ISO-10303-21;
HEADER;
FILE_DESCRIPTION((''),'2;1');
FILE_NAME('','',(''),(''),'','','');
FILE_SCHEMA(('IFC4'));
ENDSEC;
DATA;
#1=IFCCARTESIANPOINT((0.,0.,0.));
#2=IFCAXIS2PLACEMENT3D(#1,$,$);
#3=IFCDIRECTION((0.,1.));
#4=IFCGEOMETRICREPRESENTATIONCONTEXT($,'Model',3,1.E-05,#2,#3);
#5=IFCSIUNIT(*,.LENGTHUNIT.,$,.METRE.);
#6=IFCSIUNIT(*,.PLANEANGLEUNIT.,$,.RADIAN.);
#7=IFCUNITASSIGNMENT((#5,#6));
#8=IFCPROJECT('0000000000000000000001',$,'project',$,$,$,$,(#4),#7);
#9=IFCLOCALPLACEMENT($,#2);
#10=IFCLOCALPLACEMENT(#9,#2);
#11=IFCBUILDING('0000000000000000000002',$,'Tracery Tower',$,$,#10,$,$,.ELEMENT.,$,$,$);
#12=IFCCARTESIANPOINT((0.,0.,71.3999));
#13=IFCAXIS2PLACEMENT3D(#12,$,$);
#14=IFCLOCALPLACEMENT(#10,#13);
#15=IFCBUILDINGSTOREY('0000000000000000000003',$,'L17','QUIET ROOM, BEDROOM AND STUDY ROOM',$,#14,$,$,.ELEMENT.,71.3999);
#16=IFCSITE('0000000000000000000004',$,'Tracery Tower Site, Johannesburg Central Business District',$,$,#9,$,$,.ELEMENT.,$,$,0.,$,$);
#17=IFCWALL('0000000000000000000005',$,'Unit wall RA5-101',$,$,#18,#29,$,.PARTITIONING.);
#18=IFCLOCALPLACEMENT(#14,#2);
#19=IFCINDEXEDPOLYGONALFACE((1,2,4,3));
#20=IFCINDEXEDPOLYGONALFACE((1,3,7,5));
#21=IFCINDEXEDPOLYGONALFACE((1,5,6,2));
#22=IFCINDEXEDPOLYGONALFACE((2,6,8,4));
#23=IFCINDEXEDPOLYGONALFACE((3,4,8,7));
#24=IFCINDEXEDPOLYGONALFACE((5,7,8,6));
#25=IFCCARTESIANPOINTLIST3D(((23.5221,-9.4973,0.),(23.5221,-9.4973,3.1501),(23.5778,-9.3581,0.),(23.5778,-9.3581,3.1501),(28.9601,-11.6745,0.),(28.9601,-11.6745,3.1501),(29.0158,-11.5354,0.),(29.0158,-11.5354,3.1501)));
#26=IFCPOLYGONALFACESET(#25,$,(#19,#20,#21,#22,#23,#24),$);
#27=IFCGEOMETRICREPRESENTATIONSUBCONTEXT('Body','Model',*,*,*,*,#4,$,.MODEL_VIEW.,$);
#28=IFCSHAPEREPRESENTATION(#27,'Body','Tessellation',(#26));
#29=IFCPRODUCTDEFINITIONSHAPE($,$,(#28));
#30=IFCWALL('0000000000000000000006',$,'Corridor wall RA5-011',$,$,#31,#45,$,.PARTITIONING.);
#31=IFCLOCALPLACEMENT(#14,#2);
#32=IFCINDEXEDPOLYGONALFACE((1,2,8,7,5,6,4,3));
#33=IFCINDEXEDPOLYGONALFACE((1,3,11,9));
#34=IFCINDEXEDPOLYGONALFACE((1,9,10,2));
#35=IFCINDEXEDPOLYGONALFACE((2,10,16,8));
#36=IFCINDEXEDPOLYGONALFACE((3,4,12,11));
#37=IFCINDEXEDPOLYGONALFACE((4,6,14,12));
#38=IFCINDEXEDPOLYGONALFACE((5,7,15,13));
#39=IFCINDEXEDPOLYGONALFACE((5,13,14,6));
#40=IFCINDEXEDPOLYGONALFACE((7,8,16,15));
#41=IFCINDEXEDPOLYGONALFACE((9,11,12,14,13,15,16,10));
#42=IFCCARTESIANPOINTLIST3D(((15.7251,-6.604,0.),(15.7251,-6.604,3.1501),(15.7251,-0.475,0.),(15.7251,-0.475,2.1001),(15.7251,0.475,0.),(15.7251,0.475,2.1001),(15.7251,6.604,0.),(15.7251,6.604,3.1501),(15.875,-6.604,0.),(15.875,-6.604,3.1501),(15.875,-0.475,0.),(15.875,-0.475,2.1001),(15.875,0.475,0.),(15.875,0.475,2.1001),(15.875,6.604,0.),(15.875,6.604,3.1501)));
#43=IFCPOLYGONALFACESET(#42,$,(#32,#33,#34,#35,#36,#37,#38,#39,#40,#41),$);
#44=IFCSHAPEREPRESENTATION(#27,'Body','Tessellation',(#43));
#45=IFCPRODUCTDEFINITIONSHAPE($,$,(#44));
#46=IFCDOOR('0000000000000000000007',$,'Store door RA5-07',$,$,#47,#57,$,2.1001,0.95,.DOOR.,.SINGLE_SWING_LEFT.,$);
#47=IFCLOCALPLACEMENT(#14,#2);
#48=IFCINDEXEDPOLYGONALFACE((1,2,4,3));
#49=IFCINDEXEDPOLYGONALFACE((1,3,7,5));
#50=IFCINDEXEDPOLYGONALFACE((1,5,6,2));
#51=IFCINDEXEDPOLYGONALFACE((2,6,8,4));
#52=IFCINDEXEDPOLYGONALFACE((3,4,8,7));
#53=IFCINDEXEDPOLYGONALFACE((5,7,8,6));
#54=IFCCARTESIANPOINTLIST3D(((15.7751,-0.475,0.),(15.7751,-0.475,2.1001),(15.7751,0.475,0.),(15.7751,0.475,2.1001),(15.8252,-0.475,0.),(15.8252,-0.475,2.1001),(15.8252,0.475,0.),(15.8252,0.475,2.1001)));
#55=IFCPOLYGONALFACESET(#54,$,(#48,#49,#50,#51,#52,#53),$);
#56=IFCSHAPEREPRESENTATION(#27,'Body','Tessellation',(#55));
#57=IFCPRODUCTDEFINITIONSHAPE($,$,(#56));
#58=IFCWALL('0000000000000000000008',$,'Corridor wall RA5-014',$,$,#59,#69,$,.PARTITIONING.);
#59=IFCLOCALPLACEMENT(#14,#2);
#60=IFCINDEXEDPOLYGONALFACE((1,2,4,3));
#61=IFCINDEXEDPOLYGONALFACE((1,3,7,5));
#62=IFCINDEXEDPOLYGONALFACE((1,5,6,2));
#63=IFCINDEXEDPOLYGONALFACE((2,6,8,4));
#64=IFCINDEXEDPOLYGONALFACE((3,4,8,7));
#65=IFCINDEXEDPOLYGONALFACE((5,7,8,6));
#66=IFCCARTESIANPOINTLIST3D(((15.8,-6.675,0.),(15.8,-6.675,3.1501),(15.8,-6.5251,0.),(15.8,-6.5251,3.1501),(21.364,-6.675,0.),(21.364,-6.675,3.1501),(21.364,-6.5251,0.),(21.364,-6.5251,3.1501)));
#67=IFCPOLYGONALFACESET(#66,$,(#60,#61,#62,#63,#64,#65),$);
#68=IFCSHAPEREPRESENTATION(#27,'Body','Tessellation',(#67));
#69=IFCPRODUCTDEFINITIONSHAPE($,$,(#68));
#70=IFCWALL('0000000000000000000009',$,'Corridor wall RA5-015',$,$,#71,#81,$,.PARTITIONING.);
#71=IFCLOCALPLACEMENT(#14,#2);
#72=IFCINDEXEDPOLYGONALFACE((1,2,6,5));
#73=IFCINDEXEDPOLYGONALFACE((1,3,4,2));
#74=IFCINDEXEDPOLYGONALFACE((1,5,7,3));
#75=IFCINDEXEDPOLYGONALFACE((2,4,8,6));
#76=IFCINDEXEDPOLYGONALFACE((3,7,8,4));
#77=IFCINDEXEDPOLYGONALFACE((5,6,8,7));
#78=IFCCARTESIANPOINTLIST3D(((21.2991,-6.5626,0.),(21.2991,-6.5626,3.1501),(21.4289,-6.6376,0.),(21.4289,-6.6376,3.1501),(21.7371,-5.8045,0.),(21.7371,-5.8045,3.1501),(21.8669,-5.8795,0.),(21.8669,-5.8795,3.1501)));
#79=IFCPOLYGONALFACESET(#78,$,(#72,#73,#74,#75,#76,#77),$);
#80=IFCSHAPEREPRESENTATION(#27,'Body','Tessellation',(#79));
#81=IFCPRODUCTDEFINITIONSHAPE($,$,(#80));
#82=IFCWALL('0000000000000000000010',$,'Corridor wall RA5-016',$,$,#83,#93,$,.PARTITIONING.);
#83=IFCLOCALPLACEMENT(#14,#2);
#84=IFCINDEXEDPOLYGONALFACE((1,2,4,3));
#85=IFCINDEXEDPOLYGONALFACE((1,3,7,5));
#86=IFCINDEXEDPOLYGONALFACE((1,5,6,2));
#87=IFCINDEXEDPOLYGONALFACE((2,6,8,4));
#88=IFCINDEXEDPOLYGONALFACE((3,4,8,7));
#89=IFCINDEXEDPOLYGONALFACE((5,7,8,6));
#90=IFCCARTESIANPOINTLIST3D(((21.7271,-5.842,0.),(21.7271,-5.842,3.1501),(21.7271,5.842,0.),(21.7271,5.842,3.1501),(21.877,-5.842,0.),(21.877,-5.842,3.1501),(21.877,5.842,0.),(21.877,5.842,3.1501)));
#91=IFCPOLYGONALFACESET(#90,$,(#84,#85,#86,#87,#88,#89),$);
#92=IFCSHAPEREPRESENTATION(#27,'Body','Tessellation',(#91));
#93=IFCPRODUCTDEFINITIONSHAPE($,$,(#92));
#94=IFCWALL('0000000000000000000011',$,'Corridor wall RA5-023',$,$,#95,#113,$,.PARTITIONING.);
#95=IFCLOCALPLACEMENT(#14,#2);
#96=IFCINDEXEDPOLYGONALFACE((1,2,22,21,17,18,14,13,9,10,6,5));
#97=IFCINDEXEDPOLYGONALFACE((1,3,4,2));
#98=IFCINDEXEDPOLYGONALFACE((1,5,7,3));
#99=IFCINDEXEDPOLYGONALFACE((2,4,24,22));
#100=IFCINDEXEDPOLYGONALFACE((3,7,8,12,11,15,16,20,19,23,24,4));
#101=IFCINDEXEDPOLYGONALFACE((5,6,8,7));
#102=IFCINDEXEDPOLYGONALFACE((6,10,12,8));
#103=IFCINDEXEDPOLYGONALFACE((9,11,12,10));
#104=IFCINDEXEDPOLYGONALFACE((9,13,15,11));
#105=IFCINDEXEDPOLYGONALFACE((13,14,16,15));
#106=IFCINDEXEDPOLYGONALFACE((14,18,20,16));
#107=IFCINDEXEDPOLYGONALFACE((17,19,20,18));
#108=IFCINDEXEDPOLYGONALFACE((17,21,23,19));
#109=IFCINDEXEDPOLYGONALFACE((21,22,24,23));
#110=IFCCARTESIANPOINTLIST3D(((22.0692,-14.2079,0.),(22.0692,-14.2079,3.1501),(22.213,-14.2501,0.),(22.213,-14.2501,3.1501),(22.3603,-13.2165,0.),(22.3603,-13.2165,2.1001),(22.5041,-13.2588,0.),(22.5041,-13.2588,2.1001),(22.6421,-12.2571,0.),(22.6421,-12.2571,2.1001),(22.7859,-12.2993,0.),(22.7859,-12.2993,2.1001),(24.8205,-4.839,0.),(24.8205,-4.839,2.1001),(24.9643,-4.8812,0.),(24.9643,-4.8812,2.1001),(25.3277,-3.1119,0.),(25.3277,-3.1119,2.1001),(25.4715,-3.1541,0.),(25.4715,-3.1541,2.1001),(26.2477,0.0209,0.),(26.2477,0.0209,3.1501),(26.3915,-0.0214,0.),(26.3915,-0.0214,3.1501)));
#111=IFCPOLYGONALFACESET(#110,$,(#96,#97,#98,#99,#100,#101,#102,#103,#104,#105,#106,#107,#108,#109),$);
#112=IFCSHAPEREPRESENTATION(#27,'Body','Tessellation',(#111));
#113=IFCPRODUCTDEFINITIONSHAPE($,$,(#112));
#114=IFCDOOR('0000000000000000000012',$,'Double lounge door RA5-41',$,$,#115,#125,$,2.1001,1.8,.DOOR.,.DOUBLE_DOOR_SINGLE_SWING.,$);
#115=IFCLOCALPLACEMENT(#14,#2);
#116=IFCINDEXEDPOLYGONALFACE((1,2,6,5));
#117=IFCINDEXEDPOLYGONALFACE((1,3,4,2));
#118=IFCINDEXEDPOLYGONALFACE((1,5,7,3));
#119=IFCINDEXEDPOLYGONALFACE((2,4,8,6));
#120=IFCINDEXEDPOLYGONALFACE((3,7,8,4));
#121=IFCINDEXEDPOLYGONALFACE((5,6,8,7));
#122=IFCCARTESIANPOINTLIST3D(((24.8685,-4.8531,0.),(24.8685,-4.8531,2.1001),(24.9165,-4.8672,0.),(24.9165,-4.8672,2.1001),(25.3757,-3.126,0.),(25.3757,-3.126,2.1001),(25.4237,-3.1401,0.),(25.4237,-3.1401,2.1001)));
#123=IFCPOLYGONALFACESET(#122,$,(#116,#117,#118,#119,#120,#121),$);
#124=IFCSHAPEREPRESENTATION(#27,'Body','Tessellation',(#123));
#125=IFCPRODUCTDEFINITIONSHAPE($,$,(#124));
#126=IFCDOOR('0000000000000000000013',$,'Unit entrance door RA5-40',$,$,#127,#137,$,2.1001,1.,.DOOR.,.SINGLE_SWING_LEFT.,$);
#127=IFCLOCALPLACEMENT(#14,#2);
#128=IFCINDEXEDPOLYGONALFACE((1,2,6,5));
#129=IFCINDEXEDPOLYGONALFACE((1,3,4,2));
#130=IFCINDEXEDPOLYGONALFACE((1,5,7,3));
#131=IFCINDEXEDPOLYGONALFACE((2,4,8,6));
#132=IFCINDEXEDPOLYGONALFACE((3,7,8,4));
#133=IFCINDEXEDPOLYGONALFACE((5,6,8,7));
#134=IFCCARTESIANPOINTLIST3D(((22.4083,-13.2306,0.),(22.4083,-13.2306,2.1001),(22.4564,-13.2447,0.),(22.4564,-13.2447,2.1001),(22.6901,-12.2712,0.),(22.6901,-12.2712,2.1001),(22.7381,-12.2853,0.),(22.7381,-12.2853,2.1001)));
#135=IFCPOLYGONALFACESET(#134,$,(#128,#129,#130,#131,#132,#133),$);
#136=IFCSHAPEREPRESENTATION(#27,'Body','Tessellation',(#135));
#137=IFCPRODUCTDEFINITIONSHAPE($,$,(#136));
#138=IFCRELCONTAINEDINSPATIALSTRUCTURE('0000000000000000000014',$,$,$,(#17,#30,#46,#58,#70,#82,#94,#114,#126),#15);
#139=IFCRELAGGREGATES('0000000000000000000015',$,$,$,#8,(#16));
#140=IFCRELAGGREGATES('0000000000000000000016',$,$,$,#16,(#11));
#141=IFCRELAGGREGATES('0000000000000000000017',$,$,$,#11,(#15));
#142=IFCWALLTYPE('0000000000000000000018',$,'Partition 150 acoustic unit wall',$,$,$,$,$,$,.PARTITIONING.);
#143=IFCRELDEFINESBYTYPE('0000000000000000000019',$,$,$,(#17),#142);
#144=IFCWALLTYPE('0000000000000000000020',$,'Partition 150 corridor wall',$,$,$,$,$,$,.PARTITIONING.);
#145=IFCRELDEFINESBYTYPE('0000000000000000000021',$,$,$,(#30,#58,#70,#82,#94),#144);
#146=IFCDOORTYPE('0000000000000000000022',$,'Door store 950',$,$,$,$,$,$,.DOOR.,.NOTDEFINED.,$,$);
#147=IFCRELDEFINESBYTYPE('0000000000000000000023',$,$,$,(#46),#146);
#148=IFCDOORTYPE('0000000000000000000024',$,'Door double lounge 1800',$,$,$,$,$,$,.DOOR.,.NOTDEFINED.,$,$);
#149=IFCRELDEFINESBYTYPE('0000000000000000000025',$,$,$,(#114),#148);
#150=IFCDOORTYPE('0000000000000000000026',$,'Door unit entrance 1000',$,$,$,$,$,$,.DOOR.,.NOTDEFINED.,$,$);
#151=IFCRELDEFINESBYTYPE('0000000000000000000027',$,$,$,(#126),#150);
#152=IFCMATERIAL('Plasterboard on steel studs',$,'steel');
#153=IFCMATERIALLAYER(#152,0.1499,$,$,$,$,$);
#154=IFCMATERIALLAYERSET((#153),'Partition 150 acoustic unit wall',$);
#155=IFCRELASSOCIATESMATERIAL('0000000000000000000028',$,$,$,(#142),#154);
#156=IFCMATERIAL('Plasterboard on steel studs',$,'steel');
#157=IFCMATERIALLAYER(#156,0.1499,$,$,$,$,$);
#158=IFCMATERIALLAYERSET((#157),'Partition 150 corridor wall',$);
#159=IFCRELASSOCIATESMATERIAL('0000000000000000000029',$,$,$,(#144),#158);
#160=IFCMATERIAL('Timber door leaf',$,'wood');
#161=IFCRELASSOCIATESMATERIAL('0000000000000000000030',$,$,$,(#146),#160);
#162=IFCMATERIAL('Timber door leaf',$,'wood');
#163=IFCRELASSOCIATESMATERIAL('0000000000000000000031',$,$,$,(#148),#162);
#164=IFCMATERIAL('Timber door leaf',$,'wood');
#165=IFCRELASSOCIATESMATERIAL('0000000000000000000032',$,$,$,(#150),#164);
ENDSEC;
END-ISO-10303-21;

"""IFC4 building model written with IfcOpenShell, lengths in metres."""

from ifc_helpers import new_model, si_unit, direction, frame, frame_2d, origin, place, context, subcontext, project, spatial, rectangle, extrude, material, layer, layer_set, type_object, element, fill, save


model = new_model("IFC4")

# Units and contexts
model_context = context("Model", 3, precision=1e-05, world=origin(), true_north=direction((0.0, 1.0)))
body_context = subcontext(model_context, "Body", "Model", "MODEL_VIEW")
ifc_project = project(units=[si_unit("LENGTHUNIT", "METRE"), si_unit("PLANEANGLEUNIT", "RADIAN")], contexts=[model_context])

# Site, building, storey
site_placement = place(None, origin())
site = spatial("IfcSite", under=ifc_project, at=site_placement, Name="Tracery Tower Site, Johannesburg Central Business District", CompositionType="ELEMENT", RefElevation=0.0)
building_placement = place(site_placement, origin())
building = spatial("IfcBuilding", under=site, at=building_placement, Name="Tracery Tower", CompositionType="ELEMENT")
storey_placement = place(building_placement, frame((0.0, 0.0, 71.3999)))
storey = spatial("IfcBuildingStorey", under=building, at=storey_placement, Name="L17", Description="QUIET ROOM, BEDROOM AND STUDY ROOM", CompositionType="ELEMENT", Elevation=71.3999)

# Wall
ifc_material_1 = material(Name="Plasterboard on steel studs", Category="steel")
ifc_layer_1 = layer(ifc_material_1, 0.1499)
ifc_layer_set_1 = layer_set([ifc_layer_1], Name="Partition 150 acoustic unit wall")
wall_type_1 = type_object("IfcWallType", Name="Partition 150 acoustic unit wall", PredefinedType="PARTITIONING", material=ifc_layer_set_1)
wall_1_placement = place(storey_placement, frame((23.55, -9.4277, 0.0), z_axis=(0.0, 0.0, 1.0), x_axis=(0.928356, -0.371692, 0.0)))
element("IfcWall", 1, at=wall_1_placement, inside=storey, type_object=wall_type_1, Name="Unit wall RA5-101", PredefinedType="PARTITIONING", context=body_context, shape_type="SweptSolid", body=[
    extrude(rectangle(XDim=5.8577, YDim=0.1499, at=frame_2d((2.9287, 0.0))), origin(), (0.0, 0.0, 1.0), 3.1501),
])

# Wall, opening, door
ifc_material_2 = material(Name="Plasterboard on steel studs", Category="steel")
ifc_layer_2 = layer(ifc_material_2, 0.1499)
ifc_layer_set_2 = layer_set([ifc_layer_2], Name="Partition 150 corridor wall")
wall_type_2 = type_object("IfcWallType", Name="Partition 150 corridor wall", PredefinedType="PARTITIONING", material=ifc_layer_set_2)
wall_2_placement = place(storey_placement, frame((15.8, -6.604, 0.0), z_axis=(0.0, 0.0, 1.0), x_axis=(0.0, 1.0, 0.0)))
wall_2 = element("IfcWall", 2, at=wall_2_placement, inside=storey, type_object=wall_type_2, Name="Corridor wall RA5-011", PredefinedType="PARTITIONING", context=body_context, shape_type="SweptSolid", body=[
    extrude(rectangle(XDim=13.208, YDim=0.1499, at=frame_2d((6.604, 0.0))), origin(), (0.0, 0.0, 1.0), 3.1501),
])
opening_1_placement = place(wall_2_placement, frame((6.1289, 0.0, 0.0)))
opening_1 = element("IfcOpeningElement", 3, at=opening_1_placement, cuts=wall_2, PredefinedType="OPENING", context=body_context, shape_type="SweptSolid", body=[
    extrude(rectangle(XDim=0.95, YDim=2.1001, at=frame_2d((0.4751, 1.05))), frame((0.0, 0.075, 0.0), z_axis=(0.0, -1.0, 0.0), x_axis=(1.0, 0.0, 0.0)), (0.0, 0.0, 1.0), 0.1499),
])
ifc_material_3 = material(Name="Timber door leaf", Category="wood")
door_type_1 = type_object("IfcDoorType", Name="Door store 950", OperationType="NOTDEFINED", PredefinedType="DOOR", material=ifc_material_3)
door_1_placement = place(opening_1_placement, origin())
door_1 = element("IfcDoor", 4, at=door_1_placement, inside=storey, type_object=door_type_1, Name="Store door RA5-07", OperationType="SINGLE_SWING_LEFT", OverallHeight=2.1001, OverallWidth=0.95, PredefinedType="DOOR", context=body_context, shape_type="SweptSolid", body=[
    extrude(rectangle(XDim=0.95, YDim=2.1001, at=frame_2d((0.4751, 1.05))), frame((0.0, 0.0249, 0.0), z_axis=(0.0, -1.0, 0.0), x_axis=(1.0, 0.0, 0.0)), (0.0, 0.0, 1.0), 0.05),
])
fill(opening_1, door_1)

# Walls
wall_3_placement = place(storey_placement, frame((15.8, -6.6001, 0.0), z_axis=(0.0, 0.0, 1.0), x_axis=(1.0, 0.0, 0.0)))
element("IfcWall", 5, at=wall_3_placement, inside=storey, type_object=wall_type_2, Name="Corridor wall RA5-014", PredefinedType="PARTITIONING", context=body_context, shape_type="SweptSolid", body=[
    extrude(rectangle(XDim=5.564, YDim=0.1499, at=frame_2d((2.782, 0.0))), origin(), (0.0, 0.0, 1.0), 3.1501),
])
wall_4_placement = place(storey_placement, frame((21.364, -6.6001, 0.0), z_axis=(0.0, 0.0, 1.0), x_axis=(0.500278, 0.865865, 0.0)))
element("IfcWall", 6, at=wall_4_placement, inside=storey, type_object=wall_type_2, Name="Corridor wall RA5-015", PredefinedType="PARTITIONING", context=body_context, shape_type="SweptSolid", body=[
    extrude(rectangle(XDim=0.8755, YDim=0.1499, at=frame_2d((0.4377, 0.0))), origin(), (0.0, 0.0, 1.0), 3.1501),
])
wall_5_placement = place(storey_placement, frame((21.802, -5.842, 0.0), z_axis=(0.0, 0.0, 1.0), x_axis=(0.0, 1.0, 0.0)))
element("IfcWall", 7, at=wall_5_placement, inside=storey, type_object=wall_type_2, Name="Corridor wall RA5-016", PredefinedType="PARTITIONING", context=body_context, shape_type="SweptSolid", body=[
    extrude(rectangle(XDim=11.6841, YDim=0.1499, at=frame_2d((5.842, 0.0))), origin(), (0.0, 0.0, 1.0), 3.1501),
])

# Wall, openings, doors
wall_6_placement = place(storey_placement, frame((22.1411, -14.229, 0.0), z_axis=(0.0, 0.0, 1.0), x_axis=(0.281765, 0.959483, 0.0)))
wall_6 = element("IfcWall", 8, at=wall_6_placement, inside=storey, type_object=wall_type_2, Name="Corridor wall RA5-023", PredefinedType="PARTITIONING", context=body_context, shape_type="SweptSolid", body=[
    extrude(rectangle(XDim=14.8296, YDim=0.1499, at=frame_2d((7.4148, 0.0))), origin(), (0.0, 0.0, 1.0), 3.1501),
])
opening_2_placement = place(wall_6_placement, frame((1.0332, 0.0, 0.0)))
opening_2 = element("IfcOpeningElement", 9, at=opening_2_placement, cuts=wall_6, PredefinedType="OPENING", context=body_context, shape_type="SweptSolid", body=[
    extrude(rectangle(XDim=1.0, YDim=2.1001, at=frame_2d((0.5, 1.05))), frame((0.0, 0.075, 0.0), z_axis=(0.0, -1.0, 0.0), x_axis=(1.0, 0.0, 0.0)), (0.0, 0.0, 1.0), 0.1499),
])
opening_3_placement = place(wall_6_placement, frame((9.7646, 0.0, 0.0)))
opening_3 = element("IfcOpeningElement", 10, at=opening_3_placement, cuts=wall_6, PredefinedType="OPENING", context=body_context, shape_type="SweptSolid", body=[
    extrude(rectangle(XDim=1.8, YDim=2.1001, at=frame_2d((0.8999, 1.05))), frame((0.0, 0.075, 0.0), z_axis=(0.0, -1.0, 0.0), x_axis=(1.0, 0.0, 0.0)), (0.0, 0.0, 1.0), 0.1499),
])
ifc_material_4 = material(Name="Timber door leaf", Category="wood")
door_type_2 = type_object("IfcDoorType", Name="Door double lounge 1800", OperationType="NOTDEFINED", PredefinedType="DOOR", material=ifc_material_4)
door_2_placement = place(opening_3_placement, origin())
door_2 = element("IfcDoor", 11, at=door_2_placement, inside=storey, type_object=door_type_2, Name="Double lounge door RA5-41", OperationType="DOUBLE_DOOR_SINGLE_SWING", OverallHeight=2.1001, OverallWidth=1.8, PredefinedType="DOOR", context=body_context, shape_type="SweptSolid", body=[
    extrude(rectangle(XDim=1.8, YDim=2.1001, at=frame_2d((0.8999, 1.05))), frame((0.0, 0.0249, 0.0), z_axis=(0.0, -1.0, 0.0), x_axis=(1.0, 0.0, 0.0)), (0.0, 0.0, 1.0), 0.05),
])
fill(opening_3, door_2)
ifc_material_5 = material(Name="Timber door leaf", Category="wood")
door_type_3 = type_object("IfcDoorType", Name="Door unit entrance 1000", OperationType="NOTDEFINED", PredefinedType="DOOR", material=ifc_material_5)
door_3_placement = place(opening_2_placement, origin())
door_3 = element("IfcDoor", 12, at=door_3_placement, inside=storey, type_object=door_type_3, Name="Unit entrance door RA5-40", OperationType="SINGLE_SWING_LEFT", OverallHeight=2.1001, OverallWidth=1.0, PredefinedType="DOOR", context=body_context, shape_type="SweptSolid", body=[
    extrude(rectangle(XDim=1.0, YDim=2.1001, at=frame_2d((0.5, 1.05))), frame((0.0, 0.0249, 0.0), z_axis=(0.0, -1.0, 0.0), x_axis=(1.0, 0.0, 0.0)), (0.0, 0.0, 1.0), 0.05),
])
fill(opening_2, door_3)

save(model, "model.ifc")
